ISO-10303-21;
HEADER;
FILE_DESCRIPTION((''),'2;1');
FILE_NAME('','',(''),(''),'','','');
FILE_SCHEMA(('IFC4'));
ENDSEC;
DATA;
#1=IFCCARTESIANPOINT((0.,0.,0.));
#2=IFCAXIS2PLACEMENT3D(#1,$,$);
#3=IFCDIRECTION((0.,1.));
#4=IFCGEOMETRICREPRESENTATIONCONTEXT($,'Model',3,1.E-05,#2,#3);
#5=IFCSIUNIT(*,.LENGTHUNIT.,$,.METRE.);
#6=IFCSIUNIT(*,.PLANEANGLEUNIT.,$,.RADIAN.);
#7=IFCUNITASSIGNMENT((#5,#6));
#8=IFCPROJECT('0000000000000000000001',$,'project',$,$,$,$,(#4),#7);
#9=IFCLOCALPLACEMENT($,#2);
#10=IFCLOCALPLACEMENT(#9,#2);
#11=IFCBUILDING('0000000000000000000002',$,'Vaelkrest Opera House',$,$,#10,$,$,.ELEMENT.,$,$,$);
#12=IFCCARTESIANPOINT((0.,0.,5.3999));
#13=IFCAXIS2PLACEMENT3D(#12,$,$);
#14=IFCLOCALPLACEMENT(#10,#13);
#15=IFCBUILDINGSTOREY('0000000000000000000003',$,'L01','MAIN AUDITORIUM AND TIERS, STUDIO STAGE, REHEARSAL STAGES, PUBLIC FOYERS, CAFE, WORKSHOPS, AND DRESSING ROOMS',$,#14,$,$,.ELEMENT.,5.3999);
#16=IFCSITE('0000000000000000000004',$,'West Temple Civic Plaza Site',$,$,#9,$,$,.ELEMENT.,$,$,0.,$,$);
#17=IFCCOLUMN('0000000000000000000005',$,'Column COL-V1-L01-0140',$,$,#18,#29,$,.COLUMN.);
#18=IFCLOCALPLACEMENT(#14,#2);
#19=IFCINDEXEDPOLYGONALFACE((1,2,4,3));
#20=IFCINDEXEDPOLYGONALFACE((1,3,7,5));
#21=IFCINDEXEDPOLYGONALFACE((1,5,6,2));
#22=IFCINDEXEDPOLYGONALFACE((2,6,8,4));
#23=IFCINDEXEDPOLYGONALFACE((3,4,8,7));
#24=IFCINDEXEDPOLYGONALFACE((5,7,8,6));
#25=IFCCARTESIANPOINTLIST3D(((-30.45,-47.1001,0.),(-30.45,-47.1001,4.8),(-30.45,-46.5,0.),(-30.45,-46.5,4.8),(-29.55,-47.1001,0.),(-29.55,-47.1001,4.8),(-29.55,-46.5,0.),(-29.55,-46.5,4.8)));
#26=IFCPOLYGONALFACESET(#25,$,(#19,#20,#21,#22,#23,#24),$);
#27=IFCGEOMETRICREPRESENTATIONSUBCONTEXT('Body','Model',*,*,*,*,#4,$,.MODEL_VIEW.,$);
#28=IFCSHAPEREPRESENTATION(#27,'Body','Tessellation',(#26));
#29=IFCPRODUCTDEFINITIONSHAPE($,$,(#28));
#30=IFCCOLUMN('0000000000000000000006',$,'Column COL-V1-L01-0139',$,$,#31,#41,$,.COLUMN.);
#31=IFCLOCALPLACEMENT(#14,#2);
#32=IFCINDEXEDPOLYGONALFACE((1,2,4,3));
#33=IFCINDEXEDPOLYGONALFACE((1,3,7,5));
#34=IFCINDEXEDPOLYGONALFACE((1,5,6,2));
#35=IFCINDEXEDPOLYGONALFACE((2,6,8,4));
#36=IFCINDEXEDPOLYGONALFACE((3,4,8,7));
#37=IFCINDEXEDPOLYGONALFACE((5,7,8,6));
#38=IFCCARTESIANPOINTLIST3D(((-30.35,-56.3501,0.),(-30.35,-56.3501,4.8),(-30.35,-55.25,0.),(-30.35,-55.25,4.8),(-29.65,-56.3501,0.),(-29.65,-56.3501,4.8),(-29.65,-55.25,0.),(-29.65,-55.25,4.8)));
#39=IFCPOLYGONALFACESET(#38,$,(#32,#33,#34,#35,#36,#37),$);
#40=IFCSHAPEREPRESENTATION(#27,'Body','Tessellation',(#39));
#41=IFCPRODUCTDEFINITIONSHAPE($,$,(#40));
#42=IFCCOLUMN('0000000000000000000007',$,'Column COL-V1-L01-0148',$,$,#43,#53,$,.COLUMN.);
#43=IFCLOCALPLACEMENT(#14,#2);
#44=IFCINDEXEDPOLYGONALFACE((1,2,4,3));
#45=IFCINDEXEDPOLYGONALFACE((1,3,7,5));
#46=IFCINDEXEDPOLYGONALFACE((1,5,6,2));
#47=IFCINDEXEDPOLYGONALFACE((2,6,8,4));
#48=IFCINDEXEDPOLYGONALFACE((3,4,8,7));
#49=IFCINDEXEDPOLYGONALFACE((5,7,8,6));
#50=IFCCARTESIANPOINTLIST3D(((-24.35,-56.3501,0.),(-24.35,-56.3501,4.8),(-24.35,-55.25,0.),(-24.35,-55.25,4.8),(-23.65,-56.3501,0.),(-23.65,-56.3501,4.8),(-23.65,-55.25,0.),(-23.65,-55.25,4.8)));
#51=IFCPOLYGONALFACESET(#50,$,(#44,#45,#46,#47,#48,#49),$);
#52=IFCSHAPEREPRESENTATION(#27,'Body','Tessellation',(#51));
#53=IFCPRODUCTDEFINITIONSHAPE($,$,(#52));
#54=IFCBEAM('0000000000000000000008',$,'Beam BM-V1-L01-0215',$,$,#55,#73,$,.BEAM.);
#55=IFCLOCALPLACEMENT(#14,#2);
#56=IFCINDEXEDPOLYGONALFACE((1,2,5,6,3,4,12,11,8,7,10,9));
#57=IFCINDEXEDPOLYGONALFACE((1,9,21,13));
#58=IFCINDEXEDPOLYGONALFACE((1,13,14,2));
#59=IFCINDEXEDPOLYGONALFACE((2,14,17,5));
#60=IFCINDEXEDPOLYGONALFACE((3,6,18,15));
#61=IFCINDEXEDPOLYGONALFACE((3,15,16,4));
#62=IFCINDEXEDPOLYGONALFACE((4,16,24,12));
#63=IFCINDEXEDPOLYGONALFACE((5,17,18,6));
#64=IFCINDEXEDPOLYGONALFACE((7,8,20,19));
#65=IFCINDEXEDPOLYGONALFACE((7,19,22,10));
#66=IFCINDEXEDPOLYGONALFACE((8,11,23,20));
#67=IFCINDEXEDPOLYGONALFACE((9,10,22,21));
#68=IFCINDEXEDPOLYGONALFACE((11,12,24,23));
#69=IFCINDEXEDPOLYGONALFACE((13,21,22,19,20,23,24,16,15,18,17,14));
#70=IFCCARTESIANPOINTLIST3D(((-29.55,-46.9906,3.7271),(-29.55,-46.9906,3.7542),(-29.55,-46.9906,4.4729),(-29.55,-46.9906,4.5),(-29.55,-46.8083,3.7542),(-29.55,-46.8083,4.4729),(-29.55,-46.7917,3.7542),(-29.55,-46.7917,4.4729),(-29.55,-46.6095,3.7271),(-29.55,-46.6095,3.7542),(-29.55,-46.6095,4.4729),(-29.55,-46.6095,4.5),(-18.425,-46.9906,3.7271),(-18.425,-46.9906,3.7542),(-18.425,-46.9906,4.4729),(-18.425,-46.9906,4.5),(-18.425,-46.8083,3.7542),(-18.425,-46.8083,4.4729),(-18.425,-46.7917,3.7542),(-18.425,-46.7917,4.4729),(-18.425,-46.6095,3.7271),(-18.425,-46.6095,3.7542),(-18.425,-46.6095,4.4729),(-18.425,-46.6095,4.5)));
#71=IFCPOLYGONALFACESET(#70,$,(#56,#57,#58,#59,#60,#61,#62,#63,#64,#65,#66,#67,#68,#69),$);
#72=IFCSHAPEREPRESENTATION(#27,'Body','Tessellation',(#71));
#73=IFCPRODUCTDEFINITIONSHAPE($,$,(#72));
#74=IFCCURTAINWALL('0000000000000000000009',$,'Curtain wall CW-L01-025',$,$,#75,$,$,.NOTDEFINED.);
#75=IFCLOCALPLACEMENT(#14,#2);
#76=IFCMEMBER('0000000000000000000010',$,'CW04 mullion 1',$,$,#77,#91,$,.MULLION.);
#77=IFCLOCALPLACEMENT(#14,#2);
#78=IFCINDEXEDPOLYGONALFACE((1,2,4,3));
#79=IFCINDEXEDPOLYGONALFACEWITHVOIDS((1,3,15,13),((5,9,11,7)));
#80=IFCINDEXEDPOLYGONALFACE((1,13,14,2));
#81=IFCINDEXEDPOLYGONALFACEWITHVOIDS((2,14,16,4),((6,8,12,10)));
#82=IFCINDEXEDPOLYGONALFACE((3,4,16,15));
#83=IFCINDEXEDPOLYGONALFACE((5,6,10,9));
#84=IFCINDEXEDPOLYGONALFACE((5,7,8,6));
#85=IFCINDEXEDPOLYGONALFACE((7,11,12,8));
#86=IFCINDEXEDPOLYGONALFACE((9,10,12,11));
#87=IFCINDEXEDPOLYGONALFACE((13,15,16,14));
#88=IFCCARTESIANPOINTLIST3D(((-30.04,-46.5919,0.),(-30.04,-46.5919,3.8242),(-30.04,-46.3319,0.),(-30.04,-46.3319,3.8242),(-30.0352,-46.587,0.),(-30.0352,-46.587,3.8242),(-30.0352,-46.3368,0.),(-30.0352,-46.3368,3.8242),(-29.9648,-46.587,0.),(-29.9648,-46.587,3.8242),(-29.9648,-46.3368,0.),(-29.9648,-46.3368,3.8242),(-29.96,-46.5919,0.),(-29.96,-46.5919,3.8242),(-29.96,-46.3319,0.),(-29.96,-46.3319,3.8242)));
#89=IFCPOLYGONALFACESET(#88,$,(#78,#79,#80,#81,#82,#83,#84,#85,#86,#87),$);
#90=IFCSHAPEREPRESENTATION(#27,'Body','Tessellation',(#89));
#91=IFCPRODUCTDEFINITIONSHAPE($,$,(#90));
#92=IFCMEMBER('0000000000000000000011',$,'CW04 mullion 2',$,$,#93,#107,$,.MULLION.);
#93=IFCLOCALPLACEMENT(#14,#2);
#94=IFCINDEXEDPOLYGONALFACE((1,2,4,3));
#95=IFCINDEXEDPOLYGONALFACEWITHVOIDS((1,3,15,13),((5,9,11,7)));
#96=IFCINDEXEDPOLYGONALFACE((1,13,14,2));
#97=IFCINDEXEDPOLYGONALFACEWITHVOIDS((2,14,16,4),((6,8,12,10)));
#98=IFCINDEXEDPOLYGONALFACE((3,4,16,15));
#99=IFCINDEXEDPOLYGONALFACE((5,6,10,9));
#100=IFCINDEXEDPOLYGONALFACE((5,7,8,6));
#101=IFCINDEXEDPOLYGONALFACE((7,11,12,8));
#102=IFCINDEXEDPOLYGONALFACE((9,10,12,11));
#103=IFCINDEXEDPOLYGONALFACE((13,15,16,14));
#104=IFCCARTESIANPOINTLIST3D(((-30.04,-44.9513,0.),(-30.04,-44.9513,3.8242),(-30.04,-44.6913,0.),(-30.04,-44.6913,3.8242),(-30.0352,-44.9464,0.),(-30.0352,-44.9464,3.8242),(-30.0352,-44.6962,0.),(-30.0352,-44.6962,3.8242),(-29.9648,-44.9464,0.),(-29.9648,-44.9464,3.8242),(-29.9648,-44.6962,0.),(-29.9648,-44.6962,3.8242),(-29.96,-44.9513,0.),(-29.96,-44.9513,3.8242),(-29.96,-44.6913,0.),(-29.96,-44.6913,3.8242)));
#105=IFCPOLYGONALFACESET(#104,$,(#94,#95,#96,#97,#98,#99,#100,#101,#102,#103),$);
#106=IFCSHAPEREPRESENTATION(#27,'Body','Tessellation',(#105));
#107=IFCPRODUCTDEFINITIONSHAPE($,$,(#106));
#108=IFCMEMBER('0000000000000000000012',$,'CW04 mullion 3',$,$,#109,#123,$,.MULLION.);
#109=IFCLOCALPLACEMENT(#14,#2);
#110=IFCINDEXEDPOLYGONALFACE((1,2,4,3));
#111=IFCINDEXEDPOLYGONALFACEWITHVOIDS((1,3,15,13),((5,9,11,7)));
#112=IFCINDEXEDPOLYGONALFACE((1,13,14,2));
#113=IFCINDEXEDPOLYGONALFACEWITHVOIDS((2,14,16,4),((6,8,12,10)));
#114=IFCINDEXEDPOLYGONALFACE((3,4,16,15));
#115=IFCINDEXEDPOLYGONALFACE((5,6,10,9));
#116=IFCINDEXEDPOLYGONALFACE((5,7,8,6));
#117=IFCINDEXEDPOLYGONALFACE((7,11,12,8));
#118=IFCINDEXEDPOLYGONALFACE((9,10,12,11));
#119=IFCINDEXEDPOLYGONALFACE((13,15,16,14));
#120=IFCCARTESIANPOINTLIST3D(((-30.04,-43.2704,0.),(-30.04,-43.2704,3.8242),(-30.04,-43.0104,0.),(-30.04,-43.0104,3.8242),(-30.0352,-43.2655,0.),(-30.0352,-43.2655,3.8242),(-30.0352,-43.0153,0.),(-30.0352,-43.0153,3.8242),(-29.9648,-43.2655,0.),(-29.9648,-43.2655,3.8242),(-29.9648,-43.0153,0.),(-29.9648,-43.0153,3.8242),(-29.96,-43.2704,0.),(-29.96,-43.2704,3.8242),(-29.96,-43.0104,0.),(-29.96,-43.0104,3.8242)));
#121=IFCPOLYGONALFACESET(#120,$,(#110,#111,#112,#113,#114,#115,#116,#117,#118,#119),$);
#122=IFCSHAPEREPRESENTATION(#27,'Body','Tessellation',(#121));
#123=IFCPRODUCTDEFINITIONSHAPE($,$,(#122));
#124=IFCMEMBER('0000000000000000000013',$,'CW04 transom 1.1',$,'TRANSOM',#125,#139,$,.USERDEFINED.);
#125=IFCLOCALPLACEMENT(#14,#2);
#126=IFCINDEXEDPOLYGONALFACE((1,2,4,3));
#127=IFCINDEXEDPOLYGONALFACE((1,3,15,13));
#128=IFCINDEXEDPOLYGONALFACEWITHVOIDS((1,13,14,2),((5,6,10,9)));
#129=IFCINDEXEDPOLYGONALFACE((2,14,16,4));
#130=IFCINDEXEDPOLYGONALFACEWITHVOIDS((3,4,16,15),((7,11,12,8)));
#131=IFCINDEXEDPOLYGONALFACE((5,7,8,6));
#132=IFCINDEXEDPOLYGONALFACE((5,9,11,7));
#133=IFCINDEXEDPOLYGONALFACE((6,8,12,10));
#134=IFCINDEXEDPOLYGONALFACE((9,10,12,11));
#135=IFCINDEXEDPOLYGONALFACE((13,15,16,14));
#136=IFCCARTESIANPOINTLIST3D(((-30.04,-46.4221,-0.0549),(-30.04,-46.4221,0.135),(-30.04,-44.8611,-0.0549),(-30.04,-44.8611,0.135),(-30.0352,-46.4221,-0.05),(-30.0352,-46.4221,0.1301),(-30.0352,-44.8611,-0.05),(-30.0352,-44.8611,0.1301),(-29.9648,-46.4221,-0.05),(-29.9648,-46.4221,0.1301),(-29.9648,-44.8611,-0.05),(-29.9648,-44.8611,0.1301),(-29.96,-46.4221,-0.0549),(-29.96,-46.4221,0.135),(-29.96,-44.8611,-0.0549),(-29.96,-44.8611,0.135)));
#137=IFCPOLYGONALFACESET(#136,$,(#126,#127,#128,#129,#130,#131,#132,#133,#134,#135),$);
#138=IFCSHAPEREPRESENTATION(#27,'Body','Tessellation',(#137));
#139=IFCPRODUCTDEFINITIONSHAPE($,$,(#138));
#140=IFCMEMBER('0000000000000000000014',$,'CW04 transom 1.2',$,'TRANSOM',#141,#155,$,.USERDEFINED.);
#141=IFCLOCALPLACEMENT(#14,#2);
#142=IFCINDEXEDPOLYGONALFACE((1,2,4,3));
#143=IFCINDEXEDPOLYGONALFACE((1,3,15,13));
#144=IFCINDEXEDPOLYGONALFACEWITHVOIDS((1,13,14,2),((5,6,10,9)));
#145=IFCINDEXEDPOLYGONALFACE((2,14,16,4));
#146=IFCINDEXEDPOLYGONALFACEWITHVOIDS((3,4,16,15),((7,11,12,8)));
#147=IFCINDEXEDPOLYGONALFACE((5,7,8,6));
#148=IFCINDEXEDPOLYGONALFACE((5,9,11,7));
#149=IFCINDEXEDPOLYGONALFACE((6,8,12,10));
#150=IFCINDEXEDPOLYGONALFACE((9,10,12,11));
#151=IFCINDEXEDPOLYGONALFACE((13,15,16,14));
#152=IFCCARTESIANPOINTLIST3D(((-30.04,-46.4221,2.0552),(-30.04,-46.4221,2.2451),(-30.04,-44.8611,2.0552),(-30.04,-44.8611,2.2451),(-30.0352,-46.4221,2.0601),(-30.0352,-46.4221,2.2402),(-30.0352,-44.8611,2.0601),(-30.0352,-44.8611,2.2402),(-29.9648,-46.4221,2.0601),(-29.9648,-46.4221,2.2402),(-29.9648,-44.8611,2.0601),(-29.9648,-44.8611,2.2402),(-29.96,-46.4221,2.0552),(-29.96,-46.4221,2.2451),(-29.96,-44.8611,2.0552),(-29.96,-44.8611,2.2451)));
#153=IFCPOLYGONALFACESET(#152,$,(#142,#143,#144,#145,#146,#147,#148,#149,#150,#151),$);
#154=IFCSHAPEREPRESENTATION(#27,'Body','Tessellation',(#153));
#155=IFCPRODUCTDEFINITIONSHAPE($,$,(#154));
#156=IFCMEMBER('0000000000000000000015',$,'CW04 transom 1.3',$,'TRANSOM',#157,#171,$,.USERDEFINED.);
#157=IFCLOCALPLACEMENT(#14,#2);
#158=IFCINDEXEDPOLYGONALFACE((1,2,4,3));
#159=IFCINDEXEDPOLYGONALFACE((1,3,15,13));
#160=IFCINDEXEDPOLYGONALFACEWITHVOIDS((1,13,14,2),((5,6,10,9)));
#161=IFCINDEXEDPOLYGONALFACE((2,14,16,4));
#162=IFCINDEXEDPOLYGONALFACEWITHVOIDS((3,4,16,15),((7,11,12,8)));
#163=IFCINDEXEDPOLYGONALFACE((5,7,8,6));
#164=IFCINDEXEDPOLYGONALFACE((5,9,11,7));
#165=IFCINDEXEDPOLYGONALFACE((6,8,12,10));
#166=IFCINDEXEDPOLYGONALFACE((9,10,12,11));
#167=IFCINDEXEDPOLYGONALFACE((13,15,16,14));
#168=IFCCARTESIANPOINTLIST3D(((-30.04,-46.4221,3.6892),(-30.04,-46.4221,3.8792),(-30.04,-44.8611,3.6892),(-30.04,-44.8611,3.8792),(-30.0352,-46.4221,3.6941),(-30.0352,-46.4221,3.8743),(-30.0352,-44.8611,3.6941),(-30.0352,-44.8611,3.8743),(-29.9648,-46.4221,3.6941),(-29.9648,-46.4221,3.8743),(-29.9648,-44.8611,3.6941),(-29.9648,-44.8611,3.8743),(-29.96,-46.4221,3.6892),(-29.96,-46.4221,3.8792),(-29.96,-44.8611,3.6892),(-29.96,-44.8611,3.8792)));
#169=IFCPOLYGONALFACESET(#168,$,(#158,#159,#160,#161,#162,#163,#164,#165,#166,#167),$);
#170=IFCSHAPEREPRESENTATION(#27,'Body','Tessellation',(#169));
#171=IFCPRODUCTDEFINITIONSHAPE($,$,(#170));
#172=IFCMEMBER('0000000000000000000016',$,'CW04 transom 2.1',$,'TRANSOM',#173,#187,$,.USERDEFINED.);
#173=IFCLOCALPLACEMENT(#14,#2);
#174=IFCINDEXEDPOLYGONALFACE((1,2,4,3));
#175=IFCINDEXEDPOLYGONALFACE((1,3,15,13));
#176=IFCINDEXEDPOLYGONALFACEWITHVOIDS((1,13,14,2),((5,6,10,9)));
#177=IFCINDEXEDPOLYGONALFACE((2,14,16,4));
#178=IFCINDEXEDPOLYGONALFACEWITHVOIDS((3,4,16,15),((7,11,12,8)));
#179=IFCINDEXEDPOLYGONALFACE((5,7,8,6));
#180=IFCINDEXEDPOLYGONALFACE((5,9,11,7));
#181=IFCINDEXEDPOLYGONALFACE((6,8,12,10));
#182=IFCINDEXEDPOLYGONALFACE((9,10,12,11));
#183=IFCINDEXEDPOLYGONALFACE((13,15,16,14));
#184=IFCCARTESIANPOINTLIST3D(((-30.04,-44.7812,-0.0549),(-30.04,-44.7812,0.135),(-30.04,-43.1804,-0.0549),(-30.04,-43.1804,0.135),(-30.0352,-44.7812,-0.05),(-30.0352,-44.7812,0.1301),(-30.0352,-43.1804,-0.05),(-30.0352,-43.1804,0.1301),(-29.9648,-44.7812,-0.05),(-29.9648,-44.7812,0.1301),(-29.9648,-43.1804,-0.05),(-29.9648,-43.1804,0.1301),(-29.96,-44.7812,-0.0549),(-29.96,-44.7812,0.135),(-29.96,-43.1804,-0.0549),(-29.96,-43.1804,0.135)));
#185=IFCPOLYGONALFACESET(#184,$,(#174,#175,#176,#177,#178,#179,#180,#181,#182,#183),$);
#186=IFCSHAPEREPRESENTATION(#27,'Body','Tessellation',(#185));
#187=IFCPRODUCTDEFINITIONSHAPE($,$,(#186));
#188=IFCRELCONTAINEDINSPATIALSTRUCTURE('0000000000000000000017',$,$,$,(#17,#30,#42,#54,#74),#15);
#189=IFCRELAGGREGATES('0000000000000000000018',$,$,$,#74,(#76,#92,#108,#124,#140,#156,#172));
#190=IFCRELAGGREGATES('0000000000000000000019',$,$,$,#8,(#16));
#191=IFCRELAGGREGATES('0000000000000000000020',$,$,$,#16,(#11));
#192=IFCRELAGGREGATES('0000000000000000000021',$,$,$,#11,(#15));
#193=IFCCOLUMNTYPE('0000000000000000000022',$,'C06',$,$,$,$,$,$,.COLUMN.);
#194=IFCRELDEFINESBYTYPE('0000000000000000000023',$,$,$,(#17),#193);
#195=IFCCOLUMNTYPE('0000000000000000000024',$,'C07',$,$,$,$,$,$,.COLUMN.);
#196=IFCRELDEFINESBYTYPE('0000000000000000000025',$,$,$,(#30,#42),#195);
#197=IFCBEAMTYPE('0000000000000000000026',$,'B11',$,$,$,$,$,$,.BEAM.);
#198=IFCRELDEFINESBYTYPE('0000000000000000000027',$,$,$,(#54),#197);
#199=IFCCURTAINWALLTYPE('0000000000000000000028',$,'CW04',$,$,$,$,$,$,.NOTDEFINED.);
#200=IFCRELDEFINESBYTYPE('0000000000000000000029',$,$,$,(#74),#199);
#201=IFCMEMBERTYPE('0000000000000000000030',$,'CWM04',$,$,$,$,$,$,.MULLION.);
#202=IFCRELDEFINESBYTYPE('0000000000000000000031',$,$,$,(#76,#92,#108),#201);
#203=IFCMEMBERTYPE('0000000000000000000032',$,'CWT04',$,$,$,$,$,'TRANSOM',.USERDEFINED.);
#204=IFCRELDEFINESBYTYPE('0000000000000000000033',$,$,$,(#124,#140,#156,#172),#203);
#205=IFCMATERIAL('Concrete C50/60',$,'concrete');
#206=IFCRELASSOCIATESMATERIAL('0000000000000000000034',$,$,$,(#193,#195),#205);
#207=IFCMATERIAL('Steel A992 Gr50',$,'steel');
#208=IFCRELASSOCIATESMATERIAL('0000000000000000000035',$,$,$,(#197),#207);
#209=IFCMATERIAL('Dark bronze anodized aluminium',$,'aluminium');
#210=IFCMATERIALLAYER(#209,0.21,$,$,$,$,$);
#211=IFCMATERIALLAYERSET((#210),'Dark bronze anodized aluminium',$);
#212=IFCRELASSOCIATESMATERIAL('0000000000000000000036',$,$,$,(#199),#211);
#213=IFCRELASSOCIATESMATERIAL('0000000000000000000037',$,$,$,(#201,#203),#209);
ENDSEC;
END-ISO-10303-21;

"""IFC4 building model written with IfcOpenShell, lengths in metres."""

from ifc_helpers import new_model, si_unit, direction, frame, origin, origin_2d, place, context, subcontext, project, spatial, rectangle, hollow_rectangle, i_section, extrude, material, layer, layer_set, material_profile, profile_set, type_object, element, aggregate, save


model = new_model("IFC4")

# Units and contexts
model_context = context("Model", 3, precision=1e-05, world=origin(), true_north=direction((0.0, 1.0)))
body_context = subcontext(model_context, "Body", "Model", "MODEL_VIEW")
ifc_project = project(units=[si_unit("LENGTHUNIT", "METRE"), si_unit("PLANEANGLEUNIT", "RADIAN")], contexts=[model_context])

# Site, building, storey
site_placement = place(None, origin())
site = spatial("IfcSite", under=ifc_project, at=site_placement, Name="West Temple Civic Plaza Site", CompositionType="ELEMENT", RefElevation=0.0)
building_placement = place(site_placement, origin())
building = spatial("IfcBuilding", under=site, at=building_placement, Name="Vaelkrest Opera House", CompositionType="ELEMENT")
storey_placement = place(building_placement, frame((0.0, 0.0, 5.3999)))
storey = spatial("IfcBuildingStorey", under=building, at=storey_placement, Name="L01", Description="MAIN AUDITORIUM AND TIERS, STUDIO STAGE, REHEARSAL STAGES, PUBLIC FOYERS, CAFE, WORKSHOPS, AND DRESSING ROOMS", CompositionType="ELEMENT", Elevation=5.3999)

# Columns
ifc_material_1 = material(Name="Concrete C50/60", Category="concrete")
ifc_material_profile_1 = material_profile(ifc_material_1, rectangle(XDim=0.6001, YDim=0.8999, at=origin_2d()), Name="RC600X900")
ifc_profile_set_1 = profile_set([ifc_material_profile_1], Name="Concrete C50/60")
column_type_1 = type_object("IfcColumnType", Name="C06", PredefinedType="COLUMN", material=ifc_profile_set_1)
column_placement = place(storey_placement, frame((-30.0, -46.8, 0.0), z_axis=(0.0, 0.0, 1.0), x_axis=(0.0, 1.0, 0.0)))
element("IfcColumn", 1, at=column_placement, inside=storey, type_object=column_type_1, Name="Column COL-V1-L01-0140", PredefinedType="COLUMN", context=body_context, shape_type="SweptSolid", body=[
    extrude(rectangle(XDim=0.6001, YDim=0.8999, at=origin_2d()), origin(), (0.0, 0.0, 1.0), 4.8),
])
ifc_material_profile_2 = material_profile(ifc_material_1, rectangle(XDim=0.7, YDim=1.1001, at=origin_2d()), Name="RC700X1100")
ifc_profile_set_2 = profile_set([ifc_material_profile_2], Name="Concrete C50/60")
column_type_2 = type_object("IfcColumnType", Name="C07", PredefinedType="COLUMN", material=ifc_profile_set_2)
for number, where, z_axis, x_axis, name in (
    (2, (-30.0, -55.8, 0.0), (0.0, 0.0, 1.0), (1.0, 0.0, 0.0), "Column COL-V1-L01-0139"),
    (3, (-24.0, -55.8, 0.0), (0.0, 0.0, 1.0), (1.0, 0.0, 0.0), "Column COL-V1-L01-0148"),
):
    element("IfcColumn", number, at=place(storey_placement, frame(where, z_axis=z_axis, x_axis=x_axis)), inside=storey, type_object=column_type_2, Name=name, PredefinedType="COLUMN", context=body_context, shape_type="SweptSolid", body=[
        extrude(rectangle(XDim=0.7, YDim=1.1001, at=origin_2d()), origin(), (0.0, 0.0, 1.0), 4.8),
    ])

# Beam
ifc_material_2 = material(Name="Steel A992 Gr50", Category="steel")
ifc_material_profile_3 = material_profile(ifc_material_2, i_section(OverallWidth=0.3811, OverallDepth=0.7729, WebThickness=0.0166, FlangeThickness=0.0271, at=origin_2d()), Name="W30X173")
ifc_profile_set_3 = profile_set([ifc_material_profile_3], Name="Steel A992 Gr50")
beam_type_1 = type_object("IfcBeamType", Name="B11", PredefinedType="BEAM", material=ifc_profile_set_3)
beam_1_placement = place(storey_placement, frame((-29.55, -46.8, 4.1135), z_axis=(1.0, 0.0, 0.0), x_axis=(0.0, 1.0, 0.0)))
element("IfcBeam", 4, at=beam_1_placement, inside=storey, type_object=beam_type_1, Name="Beam BM-V1-L01-0215", PredefinedType="BEAM", context=body_context, shape_type="SweptSolid", body=[
    extrude(i_section(OverallWidth=0.3811, OverallDepth=0.7729, WebThickness=0.0166, FlangeThickness=0.0271, at=origin_2d()), origin(), (0.0, 0.0, 1.0), 11.125),
])

# Curtain wall, members
ifc_material_3 = material(Name="Dark bronze anodized aluminium", Category="aluminium")
ifc_layer_1 = layer(ifc_material_3, 0.21)
ifc_layer_set_1 = layer_set([ifc_layer_1], Name="Dark bronze anodized aluminium")
curtain_wall_type = type_object("IfcCurtainWallType", Name="CW04", PredefinedType="NOTDEFINED", material=ifc_layer_set_1)
curtain_wall_placement = place(storey_placement, origin())
curtain_wall = element("IfcCurtainWall", 5, at=curtain_wall_placement, inside=storey, type_object=curtain_wall_type, Name="Curtain wall CW-L01-025", PredefinedType="NOTDEFINED")
ifc_material_profile_4 = material_profile(ifc_material_3, hollow_rectangle(XDim=0.0801, YDim=0.26, WallThickness=0.0049, at=origin_2d()), Name="CWM80X260")
ifc_profile_set_4 = profile_set([ifc_material_profile_4], Name="Dark bronze anodized aluminium")
member_type_1 = type_object("IfcMemberType", Name="CWM04", PredefinedType="MULLION", material=ifc_profile_set_4)
member_1_placement = place(storey_placement, frame((-30.0, -46.4619, 0.0), z_axis=(0.0, 0.0, 1.0), x_axis=(-1.0, 0.0, 0.0)))
member_1 = element("IfcMember", 6, at=member_1_placement, type_object=member_type_1, Name="CW04 mullion 1", PredefinedType="MULLION", context=body_context, shape_type="SweptSolid", body=[
    extrude(hollow_rectangle(XDim=0.0801, YDim=0.26, WallThickness=0.0049, at=origin_2d()), origin(), (0.0, 0.0, 1.0), 3.8242),
])
member_2_placement = place(storey_placement, frame((-30.0, -44.8213, 0.0), z_axis=(0.0, 0.0, 1.0), x_axis=(-1.0, 0.0, 0.0)))
member_2 = element("IfcMember", 7, at=member_2_placement, type_object=member_type_1, Name="CW04 mullion 2", PredefinedType="MULLION", context=body_context, shape_type="SweptSolid", body=[
    extrude(hollow_rectangle(XDim=0.0801, YDim=0.26, WallThickness=0.0049, at=origin_2d()), origin(), (0.0, 0.0, 1.0), 3.8242),
])
member_3_placement = place(storey_placement, frame((-30.0, -43.1404, 0.0), z_axis=(0.0, 0.0, 1.0), x_axis=(-1.0, 0.0, 0.0)))
member_3 = element("IfcMember", 8, at=member_3_placement, type_object=member_type_1, Name="CW04 mullion 3", PredefinedType="MULLION", context=body_context, shape_type="SweptSolid", body=[
    extrude(hollow_rectangle(XDim=0.0801, YDim=0.26, WallThickness=0.0049, at=origin_2d()), origin(), (0.0, 0.0, 1.0), 3.8242),
])
ifc_material_profile_5 = material_profile(ifc_material_3, hollow_rectangle(XDim=0.0801, YDim=0.1899, WallThickness=0.0049, at=origin_2d()), Name="CWT80X190")
ifc_profile_set_5 = profile_set([ifc_material_profile_5], Name="Dark bronze anodized aluminium")
member_type_2 = type_object("IfcMemberType", Name="CWT04", ElementType="TRANSOM", PredefinedType="USERDEFINED", material=ifc_profile_set_5)
member_4_placement = place(storey_placement, frame((-30.0, -46.4221, 0.04), z_axis=(0.0, 1.0, 0.0), x_axis=(-1.0, 0.0, 0.0)))
member_4 = element("IfcMember", 9, at=member_4_placement, type_object=member_type_2, Name="CW04 transom 1.1", ObjectType="TRANSOM", PredefinedType="USERDEFINED", context=body_context, shape_type="SweptSolid", body=[
    extrude(hollow_rectangle(XDim=0.0801, YDim=0.1899, WallThickness=0.0049, at=origin_2d()), origin(), (0.0, 0.0, 1.0), 1.561),
])
member_5_placement = place(storey_placement, frame((-30.0, -46.4221, 2.1501), z_axis=(0.0, 1.0, 0.0), x_axis=(-1.0, 0.0, 0.0)))
member_5 = element("IfcMember", 10, at=member_5_placement, type_object=member_type_2, Name="CW04 transom 1.2", ObjectType="TRANSOM", PredefinedType="USERDEFINED", context=body_context, shape_type="SweptSolid", body=[
    extrude(hollow_rectangle(XDim=0.0801, YDim=0.1899, WallThickness=0.0049, at=origin_2d()), origin(), (0.0, 0.0, 1.0), 1.561),
])
member_6_placement = place(storey_placement, frame((-30.0, -46.4221, 3.7842), z_axis=(0.0, 1.0, 0.0), x_axis=(-1.0, 0.0, 0.0)))
member_6 = element("IfcMember", 11, at=member_6_placement, type_object=member_type_2, Name="CW04 transom 1.3", ObjectType="TRANSOM", PredefinedType="USERDEFINED", context=body_context, shape_type="SweptSolid", body=[
    extrude(hollow_rectangle(XDim=0.0801, YDim=0.1899, WallThickness=0.0049, at=origin_2d()), origin(), (0.0, 0.0, 1.0), 1.561),
])
member_7_placement = place(storey_placement, frame((-30.0, -44.7812, 0.04), z_axis=(0.0, 1.0, 0.0), x_axis=(-1.0, 0.0, 0.0)))
member_7 = element("IfcMember", 12, at=member_7_placement, type_object=member_type_2, Name="CW04 transom 2.1", ObjectType="TRANSOM", PredefinedType="USERDEFINED", context=body_context, shape_type="SweptSolid", body=[
    extrude(hollow_rectangle(XDim=0.0801, YDim=0.1899, WallThickness=0.0049, at=origin_2d()), origin(), (0.0, 0.0, 1.0), 1.6008),
])

aggregate(curtain_wall, [member_1, member_2, member_3, member_4, member_5, member_6, member_7])

save(model, "model.ifc")
